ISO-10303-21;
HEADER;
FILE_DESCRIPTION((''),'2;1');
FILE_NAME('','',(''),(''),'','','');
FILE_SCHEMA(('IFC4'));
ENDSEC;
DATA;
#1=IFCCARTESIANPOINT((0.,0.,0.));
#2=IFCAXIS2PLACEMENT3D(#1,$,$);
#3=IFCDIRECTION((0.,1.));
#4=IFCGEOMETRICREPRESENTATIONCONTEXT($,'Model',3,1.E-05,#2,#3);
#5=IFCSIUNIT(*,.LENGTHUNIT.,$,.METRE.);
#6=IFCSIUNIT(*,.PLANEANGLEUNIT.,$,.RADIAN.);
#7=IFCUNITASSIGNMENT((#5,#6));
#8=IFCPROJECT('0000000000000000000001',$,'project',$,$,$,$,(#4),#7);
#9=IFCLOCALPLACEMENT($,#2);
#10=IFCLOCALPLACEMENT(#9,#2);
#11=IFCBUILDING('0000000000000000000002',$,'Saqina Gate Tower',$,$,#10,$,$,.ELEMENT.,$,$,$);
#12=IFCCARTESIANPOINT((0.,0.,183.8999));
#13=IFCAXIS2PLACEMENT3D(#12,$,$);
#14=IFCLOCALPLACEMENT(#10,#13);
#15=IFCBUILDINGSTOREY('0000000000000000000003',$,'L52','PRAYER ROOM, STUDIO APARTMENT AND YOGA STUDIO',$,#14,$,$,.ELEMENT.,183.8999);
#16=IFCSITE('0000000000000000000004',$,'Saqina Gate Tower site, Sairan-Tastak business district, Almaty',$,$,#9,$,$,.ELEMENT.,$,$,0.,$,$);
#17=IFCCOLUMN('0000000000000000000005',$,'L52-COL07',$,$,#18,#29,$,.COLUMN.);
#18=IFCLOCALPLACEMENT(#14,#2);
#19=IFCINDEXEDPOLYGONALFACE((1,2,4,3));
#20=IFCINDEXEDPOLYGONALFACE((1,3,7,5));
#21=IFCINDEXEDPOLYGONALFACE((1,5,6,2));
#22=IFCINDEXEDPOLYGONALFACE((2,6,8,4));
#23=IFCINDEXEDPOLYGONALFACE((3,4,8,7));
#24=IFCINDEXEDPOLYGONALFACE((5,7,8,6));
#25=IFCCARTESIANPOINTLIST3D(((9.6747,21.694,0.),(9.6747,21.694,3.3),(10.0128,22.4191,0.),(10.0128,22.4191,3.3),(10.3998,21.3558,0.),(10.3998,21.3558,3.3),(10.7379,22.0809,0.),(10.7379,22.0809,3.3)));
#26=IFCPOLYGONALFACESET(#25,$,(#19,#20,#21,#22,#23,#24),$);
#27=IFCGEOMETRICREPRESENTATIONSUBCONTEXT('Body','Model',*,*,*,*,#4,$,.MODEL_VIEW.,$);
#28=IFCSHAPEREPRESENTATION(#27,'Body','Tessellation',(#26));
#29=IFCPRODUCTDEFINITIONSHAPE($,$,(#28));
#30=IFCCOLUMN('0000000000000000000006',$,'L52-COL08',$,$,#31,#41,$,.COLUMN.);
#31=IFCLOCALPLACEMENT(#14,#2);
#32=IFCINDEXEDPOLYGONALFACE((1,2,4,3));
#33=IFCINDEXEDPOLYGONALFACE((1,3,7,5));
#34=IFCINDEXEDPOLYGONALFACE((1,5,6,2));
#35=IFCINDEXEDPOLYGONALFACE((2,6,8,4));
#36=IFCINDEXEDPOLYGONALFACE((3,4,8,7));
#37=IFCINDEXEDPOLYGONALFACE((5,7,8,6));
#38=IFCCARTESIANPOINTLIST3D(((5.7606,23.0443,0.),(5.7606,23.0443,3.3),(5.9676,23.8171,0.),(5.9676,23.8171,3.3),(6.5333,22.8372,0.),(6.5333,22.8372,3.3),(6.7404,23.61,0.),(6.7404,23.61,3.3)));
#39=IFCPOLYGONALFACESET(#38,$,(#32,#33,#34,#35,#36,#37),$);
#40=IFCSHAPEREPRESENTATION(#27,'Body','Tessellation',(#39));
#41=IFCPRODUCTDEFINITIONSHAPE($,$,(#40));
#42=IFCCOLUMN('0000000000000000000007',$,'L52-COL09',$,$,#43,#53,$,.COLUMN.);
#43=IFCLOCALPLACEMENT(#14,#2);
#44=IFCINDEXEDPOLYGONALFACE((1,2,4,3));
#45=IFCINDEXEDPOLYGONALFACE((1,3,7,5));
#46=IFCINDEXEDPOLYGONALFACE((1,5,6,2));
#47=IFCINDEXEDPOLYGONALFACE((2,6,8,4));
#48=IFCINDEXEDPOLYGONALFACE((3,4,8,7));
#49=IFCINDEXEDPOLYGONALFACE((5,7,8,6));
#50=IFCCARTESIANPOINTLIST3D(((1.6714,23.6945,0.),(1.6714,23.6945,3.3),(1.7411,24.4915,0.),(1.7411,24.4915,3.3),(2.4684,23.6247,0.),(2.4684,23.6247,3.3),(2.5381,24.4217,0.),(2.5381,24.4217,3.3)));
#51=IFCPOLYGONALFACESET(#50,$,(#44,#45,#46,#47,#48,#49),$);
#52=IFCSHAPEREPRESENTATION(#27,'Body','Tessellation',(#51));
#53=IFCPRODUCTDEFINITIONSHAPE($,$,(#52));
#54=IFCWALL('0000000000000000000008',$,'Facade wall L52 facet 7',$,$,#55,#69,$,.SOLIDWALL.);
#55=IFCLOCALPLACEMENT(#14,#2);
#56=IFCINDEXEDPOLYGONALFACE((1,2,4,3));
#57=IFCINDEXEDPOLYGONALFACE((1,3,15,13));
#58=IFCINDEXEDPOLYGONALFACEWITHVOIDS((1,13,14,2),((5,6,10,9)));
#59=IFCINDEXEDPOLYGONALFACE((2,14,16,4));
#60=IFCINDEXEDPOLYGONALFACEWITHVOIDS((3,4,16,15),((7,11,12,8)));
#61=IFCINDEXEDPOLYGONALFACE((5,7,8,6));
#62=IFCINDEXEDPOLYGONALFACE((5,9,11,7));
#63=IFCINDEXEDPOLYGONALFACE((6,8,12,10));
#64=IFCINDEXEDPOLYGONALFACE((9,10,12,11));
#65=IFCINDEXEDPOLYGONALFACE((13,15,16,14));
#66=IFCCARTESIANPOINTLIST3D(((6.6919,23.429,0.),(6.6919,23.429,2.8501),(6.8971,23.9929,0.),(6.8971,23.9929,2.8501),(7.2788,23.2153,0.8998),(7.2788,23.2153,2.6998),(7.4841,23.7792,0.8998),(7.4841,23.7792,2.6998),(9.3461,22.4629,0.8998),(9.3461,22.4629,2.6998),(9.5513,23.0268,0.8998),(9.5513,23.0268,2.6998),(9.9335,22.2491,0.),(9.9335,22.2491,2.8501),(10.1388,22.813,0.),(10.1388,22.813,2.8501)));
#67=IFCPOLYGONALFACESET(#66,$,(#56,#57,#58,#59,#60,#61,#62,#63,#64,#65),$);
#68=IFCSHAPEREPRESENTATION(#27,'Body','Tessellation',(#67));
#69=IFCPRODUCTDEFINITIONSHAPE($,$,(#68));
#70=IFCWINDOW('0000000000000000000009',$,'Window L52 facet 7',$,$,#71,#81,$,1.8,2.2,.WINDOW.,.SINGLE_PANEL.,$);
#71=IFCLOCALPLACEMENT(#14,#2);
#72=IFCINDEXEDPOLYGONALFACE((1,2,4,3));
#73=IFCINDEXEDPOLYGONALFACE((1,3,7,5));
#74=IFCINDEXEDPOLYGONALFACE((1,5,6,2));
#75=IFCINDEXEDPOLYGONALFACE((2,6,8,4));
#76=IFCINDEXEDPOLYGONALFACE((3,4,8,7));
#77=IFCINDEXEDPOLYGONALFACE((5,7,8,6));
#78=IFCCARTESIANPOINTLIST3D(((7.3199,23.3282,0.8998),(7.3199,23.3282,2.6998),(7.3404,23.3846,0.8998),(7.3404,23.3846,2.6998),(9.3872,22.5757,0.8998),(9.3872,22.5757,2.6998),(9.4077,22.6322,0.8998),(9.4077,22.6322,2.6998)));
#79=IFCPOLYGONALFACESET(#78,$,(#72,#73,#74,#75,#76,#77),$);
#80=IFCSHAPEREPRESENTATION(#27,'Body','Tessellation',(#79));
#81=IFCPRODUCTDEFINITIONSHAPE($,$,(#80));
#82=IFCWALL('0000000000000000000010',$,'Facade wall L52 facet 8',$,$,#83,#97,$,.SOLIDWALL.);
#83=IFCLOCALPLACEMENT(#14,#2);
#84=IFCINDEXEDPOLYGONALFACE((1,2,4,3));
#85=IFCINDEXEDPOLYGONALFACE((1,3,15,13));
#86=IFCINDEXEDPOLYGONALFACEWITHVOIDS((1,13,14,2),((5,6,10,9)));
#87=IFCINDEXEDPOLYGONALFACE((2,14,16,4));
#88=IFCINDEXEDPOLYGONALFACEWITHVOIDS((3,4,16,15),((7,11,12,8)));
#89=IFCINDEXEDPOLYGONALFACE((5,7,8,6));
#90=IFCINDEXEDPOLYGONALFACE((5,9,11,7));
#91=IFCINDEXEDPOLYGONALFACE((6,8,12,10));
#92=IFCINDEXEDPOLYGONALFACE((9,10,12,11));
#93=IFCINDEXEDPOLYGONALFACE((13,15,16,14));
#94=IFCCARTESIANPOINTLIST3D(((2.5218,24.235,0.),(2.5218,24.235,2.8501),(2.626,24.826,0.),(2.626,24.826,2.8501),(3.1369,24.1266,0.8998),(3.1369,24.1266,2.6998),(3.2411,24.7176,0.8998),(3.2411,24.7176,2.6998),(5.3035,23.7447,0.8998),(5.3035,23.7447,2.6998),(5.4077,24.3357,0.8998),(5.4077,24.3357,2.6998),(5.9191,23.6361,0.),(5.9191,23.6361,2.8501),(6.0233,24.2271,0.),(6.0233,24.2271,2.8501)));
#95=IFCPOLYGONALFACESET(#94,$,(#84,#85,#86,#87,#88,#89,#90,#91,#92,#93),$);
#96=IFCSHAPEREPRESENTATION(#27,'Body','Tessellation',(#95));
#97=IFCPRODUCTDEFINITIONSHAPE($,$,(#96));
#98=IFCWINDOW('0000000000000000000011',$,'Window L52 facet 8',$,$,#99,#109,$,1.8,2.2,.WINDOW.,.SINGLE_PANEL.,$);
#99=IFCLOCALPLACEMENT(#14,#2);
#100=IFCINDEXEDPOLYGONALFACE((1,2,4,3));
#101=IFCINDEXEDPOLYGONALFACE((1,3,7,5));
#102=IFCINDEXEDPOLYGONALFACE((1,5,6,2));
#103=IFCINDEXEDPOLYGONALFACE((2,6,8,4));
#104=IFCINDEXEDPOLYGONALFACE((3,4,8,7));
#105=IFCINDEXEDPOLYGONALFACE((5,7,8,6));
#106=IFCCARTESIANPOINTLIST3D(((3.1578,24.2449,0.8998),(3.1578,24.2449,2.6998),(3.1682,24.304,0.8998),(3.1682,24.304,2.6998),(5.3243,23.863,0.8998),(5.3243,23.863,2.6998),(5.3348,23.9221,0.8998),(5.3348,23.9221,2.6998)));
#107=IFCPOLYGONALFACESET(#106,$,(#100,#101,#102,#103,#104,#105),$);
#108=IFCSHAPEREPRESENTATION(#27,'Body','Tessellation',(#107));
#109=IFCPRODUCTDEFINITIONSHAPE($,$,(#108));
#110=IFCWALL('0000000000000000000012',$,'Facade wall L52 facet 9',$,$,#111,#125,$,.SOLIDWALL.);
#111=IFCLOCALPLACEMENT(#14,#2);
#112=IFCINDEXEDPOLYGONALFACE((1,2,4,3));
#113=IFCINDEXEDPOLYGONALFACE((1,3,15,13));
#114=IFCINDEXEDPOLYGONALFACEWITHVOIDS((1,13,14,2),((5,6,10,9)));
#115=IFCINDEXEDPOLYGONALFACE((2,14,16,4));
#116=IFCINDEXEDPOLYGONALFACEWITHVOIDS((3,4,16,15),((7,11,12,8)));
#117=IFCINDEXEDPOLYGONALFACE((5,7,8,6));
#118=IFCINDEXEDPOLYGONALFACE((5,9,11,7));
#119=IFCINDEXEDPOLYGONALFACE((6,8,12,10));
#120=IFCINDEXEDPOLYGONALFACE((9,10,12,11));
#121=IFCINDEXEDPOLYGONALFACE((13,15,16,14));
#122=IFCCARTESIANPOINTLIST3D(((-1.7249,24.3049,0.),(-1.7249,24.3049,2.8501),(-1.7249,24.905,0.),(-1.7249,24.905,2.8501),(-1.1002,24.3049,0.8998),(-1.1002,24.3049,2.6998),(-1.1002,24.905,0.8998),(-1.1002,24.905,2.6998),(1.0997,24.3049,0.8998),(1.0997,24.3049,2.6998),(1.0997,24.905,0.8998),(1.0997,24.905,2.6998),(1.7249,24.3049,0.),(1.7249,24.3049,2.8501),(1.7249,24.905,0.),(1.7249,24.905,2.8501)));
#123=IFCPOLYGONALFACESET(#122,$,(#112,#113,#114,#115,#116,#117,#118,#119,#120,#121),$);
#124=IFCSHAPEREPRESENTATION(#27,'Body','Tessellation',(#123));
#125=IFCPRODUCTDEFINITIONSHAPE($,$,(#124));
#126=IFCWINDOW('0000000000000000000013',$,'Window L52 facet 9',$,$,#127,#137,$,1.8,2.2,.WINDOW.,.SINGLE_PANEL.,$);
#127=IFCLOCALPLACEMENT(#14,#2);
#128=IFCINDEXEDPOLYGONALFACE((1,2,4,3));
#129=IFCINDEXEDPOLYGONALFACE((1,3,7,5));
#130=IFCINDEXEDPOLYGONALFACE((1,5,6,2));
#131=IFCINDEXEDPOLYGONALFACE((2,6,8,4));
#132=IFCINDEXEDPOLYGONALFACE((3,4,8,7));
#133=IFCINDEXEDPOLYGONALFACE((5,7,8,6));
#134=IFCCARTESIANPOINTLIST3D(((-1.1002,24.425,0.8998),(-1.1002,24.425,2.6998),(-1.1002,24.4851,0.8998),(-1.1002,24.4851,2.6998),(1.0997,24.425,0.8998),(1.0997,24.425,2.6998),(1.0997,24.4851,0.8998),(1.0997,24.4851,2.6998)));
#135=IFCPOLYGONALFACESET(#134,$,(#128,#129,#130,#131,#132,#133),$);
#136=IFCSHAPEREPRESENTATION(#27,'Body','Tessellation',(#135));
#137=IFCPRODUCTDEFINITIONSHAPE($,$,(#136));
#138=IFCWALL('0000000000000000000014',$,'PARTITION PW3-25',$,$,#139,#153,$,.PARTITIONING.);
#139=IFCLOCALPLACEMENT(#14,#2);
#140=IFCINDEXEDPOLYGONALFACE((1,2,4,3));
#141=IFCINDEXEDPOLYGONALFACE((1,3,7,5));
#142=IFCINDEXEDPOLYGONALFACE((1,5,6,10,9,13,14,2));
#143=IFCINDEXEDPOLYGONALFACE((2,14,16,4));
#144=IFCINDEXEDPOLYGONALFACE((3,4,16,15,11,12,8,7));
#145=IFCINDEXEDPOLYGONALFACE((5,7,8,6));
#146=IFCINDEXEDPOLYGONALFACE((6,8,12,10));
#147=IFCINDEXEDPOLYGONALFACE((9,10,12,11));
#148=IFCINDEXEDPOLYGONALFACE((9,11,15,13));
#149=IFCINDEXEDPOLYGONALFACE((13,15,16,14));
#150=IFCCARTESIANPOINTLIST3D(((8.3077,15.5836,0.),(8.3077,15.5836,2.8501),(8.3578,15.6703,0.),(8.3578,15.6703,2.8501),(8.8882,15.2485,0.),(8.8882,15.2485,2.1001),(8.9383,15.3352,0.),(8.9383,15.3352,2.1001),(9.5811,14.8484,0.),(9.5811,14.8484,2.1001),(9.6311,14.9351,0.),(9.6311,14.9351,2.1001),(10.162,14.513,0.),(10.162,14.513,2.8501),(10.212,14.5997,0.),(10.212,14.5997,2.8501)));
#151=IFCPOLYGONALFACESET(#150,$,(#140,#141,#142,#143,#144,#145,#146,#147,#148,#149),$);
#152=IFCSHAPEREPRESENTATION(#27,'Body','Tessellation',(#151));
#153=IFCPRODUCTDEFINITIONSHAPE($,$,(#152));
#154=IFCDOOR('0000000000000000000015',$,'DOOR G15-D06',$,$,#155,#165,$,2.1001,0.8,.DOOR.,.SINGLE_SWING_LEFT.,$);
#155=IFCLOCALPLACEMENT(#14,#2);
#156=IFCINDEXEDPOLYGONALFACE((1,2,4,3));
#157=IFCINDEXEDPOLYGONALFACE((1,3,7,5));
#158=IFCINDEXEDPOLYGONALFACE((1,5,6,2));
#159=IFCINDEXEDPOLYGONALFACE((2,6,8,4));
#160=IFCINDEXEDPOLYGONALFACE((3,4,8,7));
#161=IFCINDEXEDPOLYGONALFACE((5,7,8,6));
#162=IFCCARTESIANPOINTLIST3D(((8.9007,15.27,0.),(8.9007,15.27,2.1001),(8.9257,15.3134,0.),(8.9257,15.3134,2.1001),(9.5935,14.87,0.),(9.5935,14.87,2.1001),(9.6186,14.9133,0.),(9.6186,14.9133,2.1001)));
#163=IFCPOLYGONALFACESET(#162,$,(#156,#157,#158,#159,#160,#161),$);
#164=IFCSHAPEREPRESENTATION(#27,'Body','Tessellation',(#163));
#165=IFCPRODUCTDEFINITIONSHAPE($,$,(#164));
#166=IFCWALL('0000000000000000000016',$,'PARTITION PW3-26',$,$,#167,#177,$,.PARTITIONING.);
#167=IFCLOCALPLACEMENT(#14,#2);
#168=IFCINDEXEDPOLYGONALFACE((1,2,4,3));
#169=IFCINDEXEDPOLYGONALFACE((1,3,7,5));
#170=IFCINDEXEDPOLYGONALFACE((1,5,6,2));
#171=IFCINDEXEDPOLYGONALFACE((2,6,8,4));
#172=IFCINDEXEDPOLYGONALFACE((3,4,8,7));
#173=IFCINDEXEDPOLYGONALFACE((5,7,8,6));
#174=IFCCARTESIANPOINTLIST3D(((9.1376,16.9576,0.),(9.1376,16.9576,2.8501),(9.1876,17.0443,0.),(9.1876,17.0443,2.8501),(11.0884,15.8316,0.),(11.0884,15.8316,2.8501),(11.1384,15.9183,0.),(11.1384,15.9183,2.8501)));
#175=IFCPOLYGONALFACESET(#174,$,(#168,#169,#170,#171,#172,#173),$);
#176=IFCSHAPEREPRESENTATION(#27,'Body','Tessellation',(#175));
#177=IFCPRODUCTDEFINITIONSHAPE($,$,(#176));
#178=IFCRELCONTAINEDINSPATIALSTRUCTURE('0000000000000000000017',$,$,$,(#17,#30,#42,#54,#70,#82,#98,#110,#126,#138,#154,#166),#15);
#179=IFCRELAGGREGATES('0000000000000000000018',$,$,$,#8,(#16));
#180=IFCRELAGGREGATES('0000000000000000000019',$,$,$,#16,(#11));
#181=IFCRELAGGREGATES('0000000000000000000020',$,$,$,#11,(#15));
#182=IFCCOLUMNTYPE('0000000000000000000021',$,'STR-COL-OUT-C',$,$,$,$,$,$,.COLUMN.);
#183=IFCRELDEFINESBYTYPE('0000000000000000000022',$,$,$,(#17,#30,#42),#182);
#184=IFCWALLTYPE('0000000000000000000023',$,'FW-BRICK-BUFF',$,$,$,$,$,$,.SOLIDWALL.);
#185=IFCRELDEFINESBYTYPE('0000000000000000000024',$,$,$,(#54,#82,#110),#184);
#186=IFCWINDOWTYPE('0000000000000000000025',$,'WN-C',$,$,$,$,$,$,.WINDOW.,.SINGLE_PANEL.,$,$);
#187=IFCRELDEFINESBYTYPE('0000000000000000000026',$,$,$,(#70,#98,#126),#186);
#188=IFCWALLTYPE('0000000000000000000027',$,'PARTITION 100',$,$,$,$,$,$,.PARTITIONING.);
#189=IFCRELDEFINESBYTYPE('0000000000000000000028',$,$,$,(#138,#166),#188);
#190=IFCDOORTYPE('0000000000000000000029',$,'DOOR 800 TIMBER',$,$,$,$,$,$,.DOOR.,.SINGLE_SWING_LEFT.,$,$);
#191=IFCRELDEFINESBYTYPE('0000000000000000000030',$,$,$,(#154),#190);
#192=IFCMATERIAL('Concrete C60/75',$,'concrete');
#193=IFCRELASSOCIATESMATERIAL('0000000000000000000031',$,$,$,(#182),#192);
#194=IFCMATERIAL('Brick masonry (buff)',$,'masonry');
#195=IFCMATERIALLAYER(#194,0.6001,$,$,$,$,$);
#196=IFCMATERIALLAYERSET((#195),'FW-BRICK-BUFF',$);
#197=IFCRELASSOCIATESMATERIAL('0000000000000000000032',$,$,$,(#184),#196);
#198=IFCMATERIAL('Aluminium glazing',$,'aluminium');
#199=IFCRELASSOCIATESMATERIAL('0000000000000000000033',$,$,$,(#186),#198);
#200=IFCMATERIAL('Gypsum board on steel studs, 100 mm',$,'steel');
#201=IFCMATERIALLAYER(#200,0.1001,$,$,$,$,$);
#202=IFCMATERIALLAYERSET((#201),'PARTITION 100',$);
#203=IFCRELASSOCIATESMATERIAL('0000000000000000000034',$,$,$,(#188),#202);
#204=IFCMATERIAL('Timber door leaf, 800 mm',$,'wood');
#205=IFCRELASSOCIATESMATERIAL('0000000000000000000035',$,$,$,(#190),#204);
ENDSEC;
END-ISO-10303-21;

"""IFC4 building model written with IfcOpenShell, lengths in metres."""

from ifc_helpers import new_model, si_unit, direction, frame, frame_2d, origin, origin_2d, place, context, subcontext, project, spatial, rectangle, extrude, material, layer, layer_set, material_profile, profile_set, type_object, element, fill, save


model = new_model("IFC4")

# Units and contexts
model_context = context("Model", 3, precision=1e-05, world=origin(), true_north=direction((0.0, 1.0)))
body_context = subcontext(model_context, "Body", "Model", "MODEL_VIEW")
ifc_project = project(units=[si_unit("LENGTHUNIT", "METRE"), si_unit("PLANEANGLEUNIT", "RADIAN")], contexts=[model_context])

# Site, building, storey
site_placement = place(None, origin())
site = spatial("IfcSite", under=ifc_project, at=site_placement, Name="Saqina Gate Tower site, Sairan-Tastak business district, Almaty", CompositionType="ELEMENT", RefElevation=0.0)
building_placement = place(site_placement, origin())
building = spatial("IfcBuilding", under=site, at=building_placement, Name="Saqina Gate Tower", CompositionType="ELEMENT")
storey_placement = place(building_placement, frame((0.0, 0.0, 183.8999)))
storey = spatial("IfcBuildingStorey", under=building, at=storey_placement, Name="L52", Description="PRAYER ROOM, STUDIO APARTMENT AND YOGA STUDIO", CompositionType="ELEMENT", Elevation=183.8999)

# Columns
ifc_material_1 = material(Name="Concrete C60/75", Category="concrete")
ifc_material_profile = material_profile(ifc_material_1, rectangle(XDim=0.8, YDim=0.8, at=origin_2d()), Name="RC 800x800")
ifc_profile_set = profile_set([ifc_material_profile], Name="Concrete C60/75")
column_type = type_object("IfcColumnType", Name="STR-COL-OUT-C", PredefinedType="COLUMN", material=ifc_profile_set)
for number, where, z_axis, x_axis, name in (
    (1, (10.2063, 21.8875, 0.0), (0.0, 0.0, 1.0), (0.422618, 0.906308, 0.0), "L52-COL07"),
    (2, (6.2505, 23.3271, 0.0), (0.0, 0.0, 1.0), (0.258819, 0.965926, 0.0), "L52-COL08"),
    (3, (2.1047, 24.0581, 0.0), (0.0, 0.0, 1.0), (0.087156, 0.996195, 0.0), "L52-COL09"),
):
    element("IfcColumn", number, at=place(storey_placement, frame(where, z_axis=z_axis, x_axis=x_axis)), inside=storey, type_object=column_type, Name=name, PredefinedType="COLUMN", context=body_context, shape_type="SweptSolid", body=[
        extrude(rectangle(XDim=0.8, YDim=0.8, at=origin_2d()), origin(), (0.0, 0.0, 1.0), 3.3),
    ])

# Walls, openings, windows
ifc_material_2 = material(Name="Brick masonry (buff)", Category="masonry")
ifc_layer_1 = layer(ifc_material_2, 0.6001)
ifc_layer_set_1 = layer_set([ifc_layer_1], Name="FW-BRICK-BUFF")
wall_type_1 = type_object("IfcWallType", Name="FW-BRICK-BUFF", PredefinedType="SOLIDWALL", material=ifc_layer_set_1)
wall_1_placement = place(storey_placement, frame((10.0361, 22.531, 0.0), z_axis=(0.0, 0.0, 1.0), x_axis=(-0.939688, 0.342033, 0.0)))
wall_1 = element("IfcWall", 4, at=wall_1_placement, inside=storey, type_object=wall_type_1, Name="Facade wall L52 facet 7", PredefinedType="SOLIDWALL", context=body_context, shape_type="SweptSolid", body=[
    extrude(rectangle(XDim=3.4497, YDim=0.6001, at=frame_2d((1.7249, 0.0))), origin(), (0.0, 0.0, 1.0), 2.8501),
])
opening_1_placement = place(wall_1_placement, frame((0.625, 0.0, 0.8999)))
opening_1 = element("IfcOpeningElement", 5, at=opening_1_placement, cuts=wall_1, PredefinedType="OPENING", context=body_context, shape_type="SweptSolid", body=[
    extrude(rectangle(XDim=2.2, YDim=1.8, at=frame_2d((1.1001, 0.8999))), frame((0.0, 0.312, 0.0), z_axis=(0.0, -1.0, 0.0), x_axis=(1.0, 0.0, 0.0)), (0.0, 0.0, 1.0), 0.624),
])
ifc_material_3 = material(Name="Aluminium glazing", Category="aluminium")
window_type = type_object("IfcWindowType", Name="WN-C", PartitioningType="SINGLE_PANEL", PredefinedType="WINDOW", material=ifc_material_3)
window_1_placement = place(opening_1_placement, origin())
window_1 = element("IfcWindow", 6, at=window_1_placement, inside=storey, type_object=window_type, Name="Window L52 facet 7", OverallHeight=1.8, OverallWidth=2.2, PartitioningType="SINGLE_PANEL", PredefinedType="WINDOW", context=body_context, shape_type="SweptSolid", body=[
    extrude(rectangle(XDim=2.2, YDim=1.8, at=frame_2d((1.1001, 0.8999))), frame((0.0, 0.1799, 0.0), z_axis=(0.0, -1.0, 0.0), x_axis=(1.0, 0.0, 0.0)), (0.0, 0.0, 1.0), 0.0601),
])
fill(opening_1, window_1)
wall_2_placement = place(storey_placement, frame((5.9712, 23.9316, 0.0), z_axis=(0.0, 0.0, 1.0), x_axis=(-0.984815, 0.173608, 0.0)))
wall_2 = element("IfcWall", 7, at=wall_2_placement, inside=storey, type_object=wall_type_1, Name="Facade wall L52 facet 8", PredefinedType="SOLIDWALL", context=body_context, shape_type="SweptSolid", body=[
    extrude(rectangle(XDim=3.4497, YDim=0.6001, at=frame_2d((1.7249, 0.0))), origin(), (0.0, 0.0, 1.0), 2.8501),
])
opening_2_placement = place(wall_2_placement, frame((0.625, 0.0, 0.8999)))
opening_2 = element("IfcOpeningElement", 8, at=opening_2_placement, cuts=wall_2, PredefinedType="OPENING", context=body_context, shape_type="SweptSolid", body=[
    extrude(rectangle(XDim=2.2, YDim=1.8, at=frame_2d((1.1001, 0.8999))), frame((0.0, 0.312, 0.0), z_axis=(0.0, -1.0, 0.0), x_axis=(1.0, 0.0, 0.0)), (0.0, 0.0, 1.0), 0.624),
])
window_2_placement = place(opening_2_placement, origin())
window_2 = element("IfcWindow", 9, at=window_2_placement, inside=storey, type_object=window_type, Name="Window L52 facet 8", OverallHeight=1.8, OverallWidth=2.2, PartitioningType="SINGLE_PANEL", PredefinedType="WINDOW", context=body_context, shape_type="SweptSolid", body=[
    extrude(rectangle(XDim=2.2, YDim=1.8, at=frame_2d((1.1001, 0.8999))), frame((0.0, 0.1799, 0.0), z_axis=(0.0, -1.0, 0.0), x_axis=(1.0, 0.0, 0.0)), (0.0, 0.0, 1.0), 0.0601),
])
fill(opening_2, window_2)
wall_3_placement = place(storey_placement, frame((1.7249, 24.605, 0.0), z_axis=(0.0, 0.0, 1.0), x_axis=(-1.0, 0.0, 0.0)))
wall_3 = element("IfcWall", 10, at=wall_3_placement, inside=storey, type_object=wall_type_1, Name="Facade wall L52 facet 9", PredefinedType="SOLIDWALL", context=body_context, shape_type="SweptSolid", body=[
    extrude(rectangle(XDim=3.4497, YDim=0.6001, at=frame_2d((1.7249, 0.0))), origin(), (0.0, 0.0, 1.0), 2.8501),
])
opening_3_placement = place(wall_3_placement, frame((0.625, 0.0, 0.8999)))
opening_3 = element("IfcOpeningElement", 11, at=opening_3_placement, cuts=wall_3, PredefinedType="OPENING", context=body_context, shape_type="SweptSolid", body=[
    extrude(rectangle(XDim=2.2, YDim=1.8, at=frame_2d((1.1001, 0.8999))), frame((0.0, 0.312, 0.0), z_axis=(0.0, -1.0, 0.0), x_axis=(1.0, 0.0, 0.0)), (0.0, 0.0, 1.0), 0.624),
])
window_3_placement = place(opening_3_placement, origin())
window_3 = element("IfcWindow", 12, at=window_3_placement, inside=storey, type_object=window_type, Name="Window L52 facet 9", OverallHeight=1.8, OverallWidth=2.2, PartitioningType="SINGLE_PANEL", PredefinedType="WINDOW", context=body_context, shape_type="SweptSolid", body=[
    extrude(rectangle(XDim=2.2, YDim=1.8, at=frame_2d((1.1001, 0.8999))), frame((0.0, 0.1799, 0.0), z_axis=(0.0, -1.0, 0.0), x_axis=(1.0, 0.0, 0.0)), (0.0, 0.0, 1.0), 0.0601),
])
fill(opening_3, window_3)

# Wall, opening, door
ifc_material_4 = material(Name="Gypsum board on steel studs, 100 mm", Category="steel")
ifc_layer_2 = layer(ifc_material_4, 0.1001)
ifc_layer_set_2 = layer_set([ifc_layer_2], Name="PARTITION 100")
wall_type_2 = type_object("IfcWallType", Name="PARTITION 100", PredefinedType="PARTITIONING", material=ifc_layer_set_2)
wall_4_placement = place(storey_placement, frame((8.3328, 15.627, 0.0), z_axis=(0.0, 0.0, 1.0), x_axis=(0.866024, -0.500002, 0.0)))
wall_4 = element("IfcWall", 13, at=wall_4_placement, inside=storey, type_object=wall_type_2, Name="PARTITION PW3-25", PredefinedType="PARTITIONING", context=body_context, shape_type="SweptSolid", body=[
    extrude(rectangle(XDim=2.1411, YDim=0.1001, at=frame_2d((1.0706, 0.0))), origin(), (0.0, 0.0, 1.0), 2.8501),
])
opening_4_placement = place(wall_4_placement, frame((0.6704, 0.0, 0.0)))
opening_4 = element("IfcOpeningElement", 14, at=opening_4_placement, cuts=wall_4, PredefinedType="OPENING", context=body_context, shape_type="SweptSolid", body=[
    extrude(rectangle(XDim=0.8, YDim=2.1001, at=frame_2d((0.3999, 1.05))), frame((0.0, 0.062, 0.0), z_axis=(0.0, -1.0, 0.0), x_axis=(1.0, 0.0, 0.0)), (0.0, 0.0, 1.0), 0.124),
])
ifc_material_5 = material(Name="Timber door leaf, 800 mm", Category="wood")
door_type_1 = type_object("IfcDoorType", Name="DOOR 800 TIMBER", OperationType="SINGLE_SWING_LEFT", PredefinedType="DOOR", material=ifc_material_5)
door_1_placement = place(opening_4_placement, origin())
door_1 = element("IfcDoor", 15, at=door_1_placement, inside=storey, type_object=door_type_1, Name="DOOR G15-D06", OperationType="SINGLE_SWING_LEFT", OverallHeight=2.1001, OverallWidth=0.8, PredefinedType="DOOR", context=body_context, shape_type="SweptSolid", body=[
    extrude(rectangle(XDim=0.8, YDim=2.1001, at=frame_2d((0.3999, 1.05))), frame((0.0, 0.0249, 0.0), z_axis=(0.0, -1.0, 0.0), x_axis=(1.0, 0.0, 0.0)), (0.0, 0.0, 1.0), 0.05),
])
fill(opening_4, door_1)

# Wall
wall_5_placement = place(storey_placement, frame((9.1626, 17.001, 0.0), z_axis=(0.0, 0.0, 1.0), x_axis=(0.866074, -0.499916, 0.0)))
element("IfcWall", 16, at=wall_5_placement, inside=storey, type_object=wall_type_2, Name="PARTITION PW3-26", PredefinedType="PARTITIONING", context=body_context, shape_type="SweptSolid", body=[
    extrude(rectangle(XDim=2.2524, YDim=0.1001, at=frame_2d((1.1262, 0.0))), origin(), (0.0, 0.0, 1.0), 2.8501),
])

save(model, "model.ifc")
